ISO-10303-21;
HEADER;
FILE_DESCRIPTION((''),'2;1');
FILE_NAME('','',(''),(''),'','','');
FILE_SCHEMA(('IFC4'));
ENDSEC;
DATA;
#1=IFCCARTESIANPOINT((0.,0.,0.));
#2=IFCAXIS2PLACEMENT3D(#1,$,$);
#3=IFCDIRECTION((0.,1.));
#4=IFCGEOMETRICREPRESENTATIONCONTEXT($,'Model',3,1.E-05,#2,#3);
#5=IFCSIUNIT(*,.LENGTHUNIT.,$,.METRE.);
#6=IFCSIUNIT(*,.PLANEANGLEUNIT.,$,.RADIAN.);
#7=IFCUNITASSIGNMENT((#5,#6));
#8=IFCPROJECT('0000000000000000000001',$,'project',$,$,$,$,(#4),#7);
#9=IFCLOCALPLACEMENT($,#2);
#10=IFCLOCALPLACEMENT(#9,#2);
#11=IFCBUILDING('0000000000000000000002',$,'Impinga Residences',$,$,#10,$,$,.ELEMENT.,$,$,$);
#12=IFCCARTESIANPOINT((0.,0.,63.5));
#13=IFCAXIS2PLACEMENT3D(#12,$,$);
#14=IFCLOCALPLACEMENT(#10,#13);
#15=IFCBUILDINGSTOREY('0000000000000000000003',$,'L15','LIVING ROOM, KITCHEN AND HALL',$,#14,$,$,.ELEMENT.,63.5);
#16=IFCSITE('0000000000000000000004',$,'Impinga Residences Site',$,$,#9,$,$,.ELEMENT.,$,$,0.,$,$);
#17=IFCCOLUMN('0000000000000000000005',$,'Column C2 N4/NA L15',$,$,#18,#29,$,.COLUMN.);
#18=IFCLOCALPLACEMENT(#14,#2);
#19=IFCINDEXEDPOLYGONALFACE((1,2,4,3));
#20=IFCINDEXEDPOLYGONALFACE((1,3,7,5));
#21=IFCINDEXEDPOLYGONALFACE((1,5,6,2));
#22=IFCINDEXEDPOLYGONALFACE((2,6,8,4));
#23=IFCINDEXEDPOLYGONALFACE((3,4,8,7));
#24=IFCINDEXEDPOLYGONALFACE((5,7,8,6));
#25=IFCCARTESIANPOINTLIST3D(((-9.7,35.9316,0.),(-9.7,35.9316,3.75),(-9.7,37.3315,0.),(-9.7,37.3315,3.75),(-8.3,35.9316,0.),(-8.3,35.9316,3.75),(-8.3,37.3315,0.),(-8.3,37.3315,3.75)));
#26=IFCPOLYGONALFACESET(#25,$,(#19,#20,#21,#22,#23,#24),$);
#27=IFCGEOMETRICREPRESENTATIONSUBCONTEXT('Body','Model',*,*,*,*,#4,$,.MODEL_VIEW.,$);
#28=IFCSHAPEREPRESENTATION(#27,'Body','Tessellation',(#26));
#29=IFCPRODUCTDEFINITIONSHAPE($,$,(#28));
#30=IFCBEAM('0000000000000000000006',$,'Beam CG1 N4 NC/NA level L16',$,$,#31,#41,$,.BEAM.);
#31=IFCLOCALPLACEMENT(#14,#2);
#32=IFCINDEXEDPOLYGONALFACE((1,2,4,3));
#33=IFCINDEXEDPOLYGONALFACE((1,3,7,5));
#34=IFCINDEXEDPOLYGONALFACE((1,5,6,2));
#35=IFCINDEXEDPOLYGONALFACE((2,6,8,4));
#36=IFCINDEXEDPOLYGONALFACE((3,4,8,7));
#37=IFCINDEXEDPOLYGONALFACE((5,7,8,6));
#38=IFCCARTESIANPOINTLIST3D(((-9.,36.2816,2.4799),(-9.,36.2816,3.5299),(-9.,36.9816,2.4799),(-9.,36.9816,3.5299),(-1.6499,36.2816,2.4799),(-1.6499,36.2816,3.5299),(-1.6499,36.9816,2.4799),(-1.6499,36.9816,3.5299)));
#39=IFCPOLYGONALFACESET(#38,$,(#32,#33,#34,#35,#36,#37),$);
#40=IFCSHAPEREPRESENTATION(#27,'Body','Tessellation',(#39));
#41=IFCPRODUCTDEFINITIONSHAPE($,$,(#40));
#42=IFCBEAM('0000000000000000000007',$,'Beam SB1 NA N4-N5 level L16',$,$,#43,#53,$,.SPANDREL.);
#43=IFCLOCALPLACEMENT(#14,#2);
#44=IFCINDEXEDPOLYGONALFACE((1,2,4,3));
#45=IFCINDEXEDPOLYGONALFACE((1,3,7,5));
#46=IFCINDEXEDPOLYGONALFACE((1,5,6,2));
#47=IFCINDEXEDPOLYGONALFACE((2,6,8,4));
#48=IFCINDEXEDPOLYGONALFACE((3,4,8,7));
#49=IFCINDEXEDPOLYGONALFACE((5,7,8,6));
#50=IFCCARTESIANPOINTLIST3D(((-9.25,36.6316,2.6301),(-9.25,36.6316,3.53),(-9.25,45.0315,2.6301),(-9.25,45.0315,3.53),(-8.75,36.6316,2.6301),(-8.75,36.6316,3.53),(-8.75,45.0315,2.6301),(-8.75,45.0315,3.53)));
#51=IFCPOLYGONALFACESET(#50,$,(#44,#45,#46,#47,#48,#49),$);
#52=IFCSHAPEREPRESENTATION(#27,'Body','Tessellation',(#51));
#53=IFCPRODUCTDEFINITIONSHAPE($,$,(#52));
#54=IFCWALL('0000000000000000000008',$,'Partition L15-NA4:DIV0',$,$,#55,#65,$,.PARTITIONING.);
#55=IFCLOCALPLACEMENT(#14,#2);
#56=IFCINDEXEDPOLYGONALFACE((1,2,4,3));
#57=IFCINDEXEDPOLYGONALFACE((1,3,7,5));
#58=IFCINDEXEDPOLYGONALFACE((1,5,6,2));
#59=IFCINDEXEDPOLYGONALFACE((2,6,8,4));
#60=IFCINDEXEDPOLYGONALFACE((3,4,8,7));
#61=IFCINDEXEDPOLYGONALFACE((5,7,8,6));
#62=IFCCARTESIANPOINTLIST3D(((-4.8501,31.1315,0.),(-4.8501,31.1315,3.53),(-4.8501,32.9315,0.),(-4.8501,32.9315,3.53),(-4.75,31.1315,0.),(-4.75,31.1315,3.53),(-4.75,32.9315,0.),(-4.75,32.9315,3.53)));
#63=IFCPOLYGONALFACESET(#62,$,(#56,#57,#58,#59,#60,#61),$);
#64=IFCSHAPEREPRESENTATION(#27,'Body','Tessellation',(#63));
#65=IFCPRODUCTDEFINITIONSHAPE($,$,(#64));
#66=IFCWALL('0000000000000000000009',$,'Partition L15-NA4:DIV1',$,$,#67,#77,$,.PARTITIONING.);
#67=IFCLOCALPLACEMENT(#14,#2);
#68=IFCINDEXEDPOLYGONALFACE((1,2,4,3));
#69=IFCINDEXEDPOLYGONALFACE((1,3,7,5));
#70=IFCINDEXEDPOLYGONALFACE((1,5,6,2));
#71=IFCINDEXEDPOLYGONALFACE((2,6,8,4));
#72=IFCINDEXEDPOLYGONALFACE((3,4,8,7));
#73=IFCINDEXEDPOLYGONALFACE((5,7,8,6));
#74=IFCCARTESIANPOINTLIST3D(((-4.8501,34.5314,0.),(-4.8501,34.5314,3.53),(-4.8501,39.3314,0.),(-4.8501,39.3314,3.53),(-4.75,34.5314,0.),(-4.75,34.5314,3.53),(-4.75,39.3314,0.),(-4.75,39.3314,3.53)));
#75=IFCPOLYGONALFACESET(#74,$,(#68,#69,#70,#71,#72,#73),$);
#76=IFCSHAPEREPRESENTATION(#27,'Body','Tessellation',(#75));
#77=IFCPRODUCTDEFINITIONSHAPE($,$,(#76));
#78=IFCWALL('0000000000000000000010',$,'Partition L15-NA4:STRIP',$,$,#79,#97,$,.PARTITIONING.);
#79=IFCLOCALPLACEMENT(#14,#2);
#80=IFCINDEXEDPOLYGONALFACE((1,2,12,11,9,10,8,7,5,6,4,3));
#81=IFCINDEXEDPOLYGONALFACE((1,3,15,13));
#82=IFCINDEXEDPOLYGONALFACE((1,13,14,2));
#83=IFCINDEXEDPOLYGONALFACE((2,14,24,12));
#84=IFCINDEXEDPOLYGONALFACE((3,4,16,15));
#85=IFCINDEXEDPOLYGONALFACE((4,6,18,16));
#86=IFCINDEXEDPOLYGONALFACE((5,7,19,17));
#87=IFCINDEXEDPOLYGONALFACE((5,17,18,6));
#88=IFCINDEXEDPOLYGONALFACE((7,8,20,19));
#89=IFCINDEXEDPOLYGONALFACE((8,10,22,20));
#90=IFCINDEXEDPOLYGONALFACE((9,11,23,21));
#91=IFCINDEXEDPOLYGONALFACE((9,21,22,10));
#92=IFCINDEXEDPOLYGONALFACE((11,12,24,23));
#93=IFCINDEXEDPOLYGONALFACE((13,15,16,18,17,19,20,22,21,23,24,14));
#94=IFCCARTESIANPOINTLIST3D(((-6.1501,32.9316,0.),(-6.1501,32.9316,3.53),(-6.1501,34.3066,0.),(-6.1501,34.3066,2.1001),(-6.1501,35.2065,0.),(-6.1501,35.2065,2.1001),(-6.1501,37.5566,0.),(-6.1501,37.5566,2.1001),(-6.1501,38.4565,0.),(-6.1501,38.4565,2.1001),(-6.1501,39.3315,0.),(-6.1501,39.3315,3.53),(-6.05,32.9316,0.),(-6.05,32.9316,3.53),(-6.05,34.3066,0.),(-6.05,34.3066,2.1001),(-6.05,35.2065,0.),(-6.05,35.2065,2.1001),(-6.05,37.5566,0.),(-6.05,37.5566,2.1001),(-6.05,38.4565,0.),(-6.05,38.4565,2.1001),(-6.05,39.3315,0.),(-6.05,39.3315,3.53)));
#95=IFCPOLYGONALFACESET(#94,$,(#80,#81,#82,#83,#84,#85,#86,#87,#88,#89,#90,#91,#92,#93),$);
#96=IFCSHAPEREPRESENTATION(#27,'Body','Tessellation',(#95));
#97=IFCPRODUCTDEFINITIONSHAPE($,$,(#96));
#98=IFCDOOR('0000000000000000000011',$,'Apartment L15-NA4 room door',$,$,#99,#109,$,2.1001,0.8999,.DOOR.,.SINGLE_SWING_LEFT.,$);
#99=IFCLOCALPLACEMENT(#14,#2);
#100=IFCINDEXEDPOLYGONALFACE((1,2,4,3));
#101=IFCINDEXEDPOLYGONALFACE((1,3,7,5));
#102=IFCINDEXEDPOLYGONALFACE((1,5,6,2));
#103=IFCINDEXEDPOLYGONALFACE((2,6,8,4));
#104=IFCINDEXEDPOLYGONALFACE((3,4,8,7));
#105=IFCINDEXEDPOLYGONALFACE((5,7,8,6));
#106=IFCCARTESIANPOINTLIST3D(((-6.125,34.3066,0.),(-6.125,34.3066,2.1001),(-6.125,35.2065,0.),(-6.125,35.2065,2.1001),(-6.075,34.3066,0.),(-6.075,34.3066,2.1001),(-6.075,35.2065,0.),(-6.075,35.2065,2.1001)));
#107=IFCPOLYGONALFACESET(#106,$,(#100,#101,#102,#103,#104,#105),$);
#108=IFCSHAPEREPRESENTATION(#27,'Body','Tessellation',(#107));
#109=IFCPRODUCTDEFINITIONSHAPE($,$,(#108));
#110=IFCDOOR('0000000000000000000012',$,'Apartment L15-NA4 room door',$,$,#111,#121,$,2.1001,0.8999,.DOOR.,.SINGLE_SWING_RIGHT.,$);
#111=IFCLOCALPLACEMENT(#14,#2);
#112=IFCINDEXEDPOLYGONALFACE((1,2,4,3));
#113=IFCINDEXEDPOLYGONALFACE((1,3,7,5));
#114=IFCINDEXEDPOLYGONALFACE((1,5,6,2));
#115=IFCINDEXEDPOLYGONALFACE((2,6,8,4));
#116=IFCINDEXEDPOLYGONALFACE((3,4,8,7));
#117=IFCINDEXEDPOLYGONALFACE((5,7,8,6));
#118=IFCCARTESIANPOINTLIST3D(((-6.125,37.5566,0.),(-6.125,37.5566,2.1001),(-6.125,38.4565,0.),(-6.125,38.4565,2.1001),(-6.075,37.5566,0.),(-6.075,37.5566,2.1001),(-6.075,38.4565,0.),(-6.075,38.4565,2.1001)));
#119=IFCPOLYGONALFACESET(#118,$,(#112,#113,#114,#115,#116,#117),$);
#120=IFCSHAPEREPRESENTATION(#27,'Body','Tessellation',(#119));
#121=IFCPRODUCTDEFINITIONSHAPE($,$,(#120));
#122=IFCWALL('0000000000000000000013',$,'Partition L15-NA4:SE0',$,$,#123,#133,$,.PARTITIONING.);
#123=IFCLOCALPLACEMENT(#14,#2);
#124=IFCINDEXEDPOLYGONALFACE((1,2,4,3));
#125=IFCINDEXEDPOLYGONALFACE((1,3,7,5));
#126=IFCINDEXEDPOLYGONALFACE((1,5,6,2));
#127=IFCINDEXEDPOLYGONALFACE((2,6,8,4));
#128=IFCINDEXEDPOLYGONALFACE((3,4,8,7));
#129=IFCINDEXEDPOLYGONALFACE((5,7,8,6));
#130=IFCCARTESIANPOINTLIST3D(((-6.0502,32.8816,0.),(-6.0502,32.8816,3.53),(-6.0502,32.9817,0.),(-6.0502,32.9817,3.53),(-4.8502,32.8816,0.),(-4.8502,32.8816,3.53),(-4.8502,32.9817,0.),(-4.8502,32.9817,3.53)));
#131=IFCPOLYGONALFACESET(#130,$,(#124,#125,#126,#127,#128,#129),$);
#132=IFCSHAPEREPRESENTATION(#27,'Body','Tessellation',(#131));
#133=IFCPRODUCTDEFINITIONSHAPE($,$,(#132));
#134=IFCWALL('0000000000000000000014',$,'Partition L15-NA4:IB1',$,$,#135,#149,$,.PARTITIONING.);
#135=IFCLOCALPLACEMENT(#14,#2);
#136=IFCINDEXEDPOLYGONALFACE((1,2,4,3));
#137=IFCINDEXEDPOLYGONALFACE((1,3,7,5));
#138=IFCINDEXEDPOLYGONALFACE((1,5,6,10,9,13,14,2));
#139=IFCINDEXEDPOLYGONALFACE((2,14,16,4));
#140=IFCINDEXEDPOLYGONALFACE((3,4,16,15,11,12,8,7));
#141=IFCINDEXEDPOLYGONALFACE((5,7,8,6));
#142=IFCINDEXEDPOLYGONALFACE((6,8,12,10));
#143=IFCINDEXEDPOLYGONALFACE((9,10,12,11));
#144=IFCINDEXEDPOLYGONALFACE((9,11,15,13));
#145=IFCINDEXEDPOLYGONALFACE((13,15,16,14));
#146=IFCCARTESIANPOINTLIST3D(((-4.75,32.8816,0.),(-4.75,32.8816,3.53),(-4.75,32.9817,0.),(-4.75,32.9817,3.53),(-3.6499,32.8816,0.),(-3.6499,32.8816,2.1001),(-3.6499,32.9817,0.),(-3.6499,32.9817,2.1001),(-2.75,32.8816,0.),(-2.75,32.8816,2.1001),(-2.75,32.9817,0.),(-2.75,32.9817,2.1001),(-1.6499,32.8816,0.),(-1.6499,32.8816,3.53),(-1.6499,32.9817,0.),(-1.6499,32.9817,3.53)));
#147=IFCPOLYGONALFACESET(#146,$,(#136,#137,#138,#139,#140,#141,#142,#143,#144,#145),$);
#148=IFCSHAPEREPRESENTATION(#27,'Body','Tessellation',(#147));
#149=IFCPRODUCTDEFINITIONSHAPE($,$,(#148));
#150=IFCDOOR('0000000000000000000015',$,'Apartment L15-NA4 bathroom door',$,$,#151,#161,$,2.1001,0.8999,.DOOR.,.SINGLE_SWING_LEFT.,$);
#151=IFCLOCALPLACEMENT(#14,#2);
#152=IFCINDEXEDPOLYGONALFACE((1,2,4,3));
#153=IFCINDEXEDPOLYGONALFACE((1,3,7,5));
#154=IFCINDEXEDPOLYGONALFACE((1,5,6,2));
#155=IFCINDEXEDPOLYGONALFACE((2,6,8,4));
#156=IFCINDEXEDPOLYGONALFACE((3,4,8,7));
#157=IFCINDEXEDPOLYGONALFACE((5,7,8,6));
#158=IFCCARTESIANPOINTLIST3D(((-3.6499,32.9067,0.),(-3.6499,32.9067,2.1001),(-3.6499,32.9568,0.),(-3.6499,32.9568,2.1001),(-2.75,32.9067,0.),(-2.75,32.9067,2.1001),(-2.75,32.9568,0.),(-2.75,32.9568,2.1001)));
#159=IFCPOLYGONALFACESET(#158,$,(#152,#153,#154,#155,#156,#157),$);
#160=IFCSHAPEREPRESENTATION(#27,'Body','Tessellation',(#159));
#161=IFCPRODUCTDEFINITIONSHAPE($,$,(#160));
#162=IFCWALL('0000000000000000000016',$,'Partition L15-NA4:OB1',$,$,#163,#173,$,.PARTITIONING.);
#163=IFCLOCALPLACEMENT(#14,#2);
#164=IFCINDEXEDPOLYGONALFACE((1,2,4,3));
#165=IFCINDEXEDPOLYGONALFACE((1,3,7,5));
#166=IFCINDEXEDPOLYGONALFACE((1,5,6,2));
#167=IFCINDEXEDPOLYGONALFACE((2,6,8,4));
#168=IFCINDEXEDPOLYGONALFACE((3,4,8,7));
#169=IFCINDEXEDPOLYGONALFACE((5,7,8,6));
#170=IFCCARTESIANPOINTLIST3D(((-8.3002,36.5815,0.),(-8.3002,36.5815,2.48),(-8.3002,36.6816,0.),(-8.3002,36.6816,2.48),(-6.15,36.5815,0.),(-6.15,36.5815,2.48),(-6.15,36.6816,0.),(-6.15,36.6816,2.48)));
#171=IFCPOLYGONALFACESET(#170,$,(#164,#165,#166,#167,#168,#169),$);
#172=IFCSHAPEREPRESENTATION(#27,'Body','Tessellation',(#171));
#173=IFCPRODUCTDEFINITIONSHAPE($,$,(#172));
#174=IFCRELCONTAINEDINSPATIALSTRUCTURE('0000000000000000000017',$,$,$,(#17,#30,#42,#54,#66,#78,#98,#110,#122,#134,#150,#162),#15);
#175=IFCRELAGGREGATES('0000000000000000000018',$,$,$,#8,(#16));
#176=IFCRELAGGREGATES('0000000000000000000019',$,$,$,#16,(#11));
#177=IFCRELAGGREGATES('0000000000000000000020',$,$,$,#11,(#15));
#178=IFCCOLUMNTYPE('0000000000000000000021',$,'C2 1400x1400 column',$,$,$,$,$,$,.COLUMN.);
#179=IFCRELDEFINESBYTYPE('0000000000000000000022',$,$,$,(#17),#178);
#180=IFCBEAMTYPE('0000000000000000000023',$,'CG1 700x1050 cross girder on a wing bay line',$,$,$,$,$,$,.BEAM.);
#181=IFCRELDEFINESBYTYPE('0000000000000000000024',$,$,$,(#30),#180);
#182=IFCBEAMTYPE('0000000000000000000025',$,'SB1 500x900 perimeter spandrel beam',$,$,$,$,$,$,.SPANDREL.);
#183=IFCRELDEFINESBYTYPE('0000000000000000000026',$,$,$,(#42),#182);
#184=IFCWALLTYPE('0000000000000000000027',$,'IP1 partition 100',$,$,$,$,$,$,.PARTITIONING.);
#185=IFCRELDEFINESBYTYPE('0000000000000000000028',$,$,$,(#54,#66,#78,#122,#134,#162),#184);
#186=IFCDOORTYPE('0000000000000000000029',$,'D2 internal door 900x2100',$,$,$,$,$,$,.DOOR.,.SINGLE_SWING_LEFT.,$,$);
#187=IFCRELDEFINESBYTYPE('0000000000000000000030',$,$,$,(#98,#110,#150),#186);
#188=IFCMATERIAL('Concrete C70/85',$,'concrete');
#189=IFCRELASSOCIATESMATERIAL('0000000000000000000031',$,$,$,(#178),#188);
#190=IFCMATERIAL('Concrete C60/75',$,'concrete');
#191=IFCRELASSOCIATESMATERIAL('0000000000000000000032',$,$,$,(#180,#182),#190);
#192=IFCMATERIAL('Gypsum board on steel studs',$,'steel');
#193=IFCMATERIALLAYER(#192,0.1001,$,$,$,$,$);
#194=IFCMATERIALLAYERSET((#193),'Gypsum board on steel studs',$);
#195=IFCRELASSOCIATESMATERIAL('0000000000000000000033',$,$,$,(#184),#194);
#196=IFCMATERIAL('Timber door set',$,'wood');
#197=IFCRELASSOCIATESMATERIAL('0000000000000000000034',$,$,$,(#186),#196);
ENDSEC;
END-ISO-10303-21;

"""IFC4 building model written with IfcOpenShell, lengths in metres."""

from ifc_helpers import new_model, si_unit, direction, frame, frame_2d, origin, origin_2d, place, context, subcontext, project, spatial, rectangle, extrude, material, layer, layer_set, material_profile, profile_set, type_object, element, fill, save


model = new_model("IFC4")

# Units and contexts
model_context = context("Model", 3, precision=1e-05, world=origin(), true_north=direction((0.0, 1.0)))
body_context = subcontext(model_context, "Body", "Model", "MODEL_VIEW")
ifc_project = project(units=[si_unit("LENGTHUNIT", "METRE"), si_unit("PLANEANGLEUNIT", "RADIAN")], contexts=[model_context])

# Site, building, storey
site_placement = place(None, origin())
site = spatial("IfcSite", under=ifc_project, at=site_placement, Name="Impinga Residences Site", CompositionType="ELEMENT", RefElevation=0.0)
building_placement = place(site_placement, origin())
building = spatial("IfcBuilding", under=site, at=building_placement, Name="Impinga Residences", CompositionType="ELEMENT")
storey_placement = place(building_placement, frame((0.0, 0.0, 63.5)))
storey = spatial("IfcBuildingStorey", under=building, at=storey_placement, Name="L15", Description="LIVING ROOM, KITCHEN AND HALL", CompositionType="ELEMENT", Elevation=63.5)

# Column
ifc_material_1 = material(Name="Concrete C70/85", Category="concrete")
ifc_material_profile_1 = material_profile(ifc_material_1, rectangle(XDim=1.3999, YDim=1.3999, at=origin_2d()), Name="RC 1400x1400")
ifc_profile_set_1 = profile_set([ifc_material_profile_1], Name="Concrete C70/85")
column_type = type_object("IfcColumnType", Name="C2 1400x1400 column", PredefinedType="COLUMN", material=ifc_profile_set_1)
column_placement = place(storey_placement, frame((-9.0, 36.6316, 0.0), z_axis=(0.0, 0.0, 1.0), x_axis=(1.0, 0.0, 0.0)))
element("IfcColumn", 1, at=column_placement, inside=storey, type_object=column_type, Name="Column C2 N4/NA L15", PredefinedType="COLUMN", context=body_context, shape_type="SweptSolid", body=[
    extrude(rectangle(XDim=1.3999, YDim=1.3999, at=origin_2d()), origin(), (0.0, 0.0, 1.0), 3.75),
])

# Beams
ifc_material_2 = material(Name="Concrete C60/75", Category="concrete")
ifc_material_profile_2 = material_profile(ifc_material_2, rectangle(XDim=0.7, YDim=1.05, at=origin_2d()), Name="RC 700x1050")
ifc_profile_set_2 = profile_set([ifc_material_profile_2], Name="Concrete C60/75")
beam_type_1 = type_object("IfcBeamType", Name="CG1 700x1050 cross girder on a wing bay line", PredefinedType="BEAM", material=ifc_profile_set_2)
beam_1_placement = place(storey_placement, frame((-1.6499, 36.6316, 3.0049), z_axis=(-1.0, 0.0, 0.0), x_axis=(0.0, -1.0, 0.0)))
element("IfcBeam", 2, at=beam_1_placement, inside=storey, type_object=beam_type_1, Name="Beam CG1 N4 NC/NA level L16", PredefinedType="BEAM", context=body_context, shape_type="SweptSolid", body=[
    extrude(rectangle(XDim=0.7, YDim=1.05, at=origin_2d()), origin(), (0.0, 0.0, 1.0), 7.3501),
])
ifc_material_profile_3 = material_profile(ifc_material_2, rectangle(XDim=0.5, YDim=0.8999, at=origin_2d()), Name="RC 500x900")
ifc_profile_set_3 = profile_set([ifc_material_profile_3], Name="Concrete C60/75")
beam_type_2 = type_object("IfcBeamType", Name="SB1 500x900 perimeter spandrel beam", PredefinedType="SPANDREL", material=ifc_profile_set_3)
beam_2_placement = place(storey_placement, frame((-9.0, 36.6316, 3.0801), z_axis=(0.0, 1.0, 0.0), x_axis=(-1.0, 0.0, 0.0)))
element("IfcBeam", 3, at=beam_2_placement, inside=storey, type_object=beam_type_2, Name="Beam SB1 NA N4-N5 level L16", PredefinedType="SPANDREL", context=body_context, shape_type="SweptSolid", body=[
    extrude(rectangle(XDim=0.5, YDim=0.8999, at=origin_2d()), origin(), (0.0, 0.0, 1.0), 8.3999),
])

# Walls
ifc_material_3 = material(Name="Gypsum board on steel studs", Category="steel")
ifc_layer_1 = layer(ifc_material_3, 0.1001)
ifc_layer_set_1 = layer_set([ifc_layer_1], Name="Gypsum board on steel studs")
wall_type_1 = type_object("IfcWallType", Name="IP1 partition 100", PredefinedType="PARTITIONING", material=ifc_layer_set_1)
wall_1_placement = place(storey_placement, frame((-4.8, 31.1316, 0.0), z_axis=(0.0, 0.0, 1.0), x_axis=(0.0, 1.0, 0.0)))
element("IfcWall", 4, at=wall_1_placement, inside=storey, type_object=wall_type_1, Name="Partition L15-NA4:DIV0", PredefinedType="PARTITIONING", context=body_context, shape_type="SweptSolid", body=[
    extrude(rectangle(XDim=1.8, YDim=0.1001, at=frame_2d((0.8999, 0.0))), origin(), (0.0, 0.0, 1.0), 3.53),
])
wall_2_placement = place(storey_placement, frame((-4.8, 34.5315, 0.0), z_axis=(0.0, 0.0, 1.0), x_axis=(0.0, 1.0, 0.0)))
element("IfcWall", 5, at=wall_2_placement, inside=storey, type_object=wall_type_1, Name="Partition L15-NA4:DIV1", PredefinedType="PARTITIONING", context=body_context, shape_type="SweptSolid", body=[
    extrude(rectangle(XDim=4.8, YDim=0.1001, at=frame_2d((2.3999, 0.0))), origin(), (0.0, 0.0, 1.0), 3.53),
])

# Wall, openings, doors
wall_3_placement = place(storey_placement, frame((-6.1001, 32.9316, 0.0), z_axis=(0.0, 0.0, 1.0), x_axis=(0.0, 1.0, 0.0)))
wall_3 = element("IfcWall", 6, at=wall_3_placement, inside=storey, type_object=wall_type_1, Name="Partition L15-NA4:STRIP", PredefinedType="PARTITIONING", context=body_context, shape_type="SweptSolid", body=[
    extrude(rectangle(XDim=6.3999, YDim=0.1001, at=frame_2d((3.2, 0.0))), origin(), (0.0, 0.0, 1.0), 3.53),
])
opening_1_placement = place(wall_3_placement, frame((1.375, 0.0, 0.0)))
opening_1 = element("IfcOpeningElement", 7, at=opening_1_placement, cuts=wall_3, PredefinedType="OPENING", context=body_context, shape_type="SweptSolid", body=[
    extrude(rectangle(XDim=0.8999, YDim=2.1001, at=frame_2d((0.45, 1.05))), frame((0.0, 0.0601, 0.0), z_axis=(0.0, -1.0, 0.0), x_axis=(1.0, 0.0, 0.0)), (0.0, 0.0, 1.0), 0.1201),
])
opening_2_placement = place(wall_3_placement, frame((4.625, 0.0, 0.0)))
opening_2 = element("IfcOpeningElement", 8, at=opening_2_placement, cuts=wall_3, PredefinedType="OPENING", context=body_context, shape_type="SweptSolid", body=[
    extrude(rectangle(XDim=0.8999, YDim=2.1001, at=frame_2d((0.45, 1.05))), frame((0.0, 0.0601, 0.0), z_axis=(0.0, -1.0, 0.0), x_axis=(1.0, 0.0, 0.0)), (0.0, 0.0, 1.0), 0.1201),
])
ifc_material_4 = material(Name="Timber door set", Category="wood")
door_type = type_object("IfcDoorType", Name="D2 internal door 900x2100", OperationType="SINGLE_SWING_LEFT", PredefinedType="DOOR", material=ifc_material_4)
door_1_placement = place(opening_1_placement, origin())
door_1 = element("IfcDoor", 9, at=door_1_placement, inside=storey, type_object=door_type, Name="Apartment L15-NA4 room door", OperationType="SINGLE_SWING_LEFT", OverallHeight=2.1001, OverallWidth=0.8999, PredefinedType="DOOR", context=body_context, shape_type="SweptSolid", body=[
    extrude(rectangle(XDim=0.8999, YDim=2.1001, at=frame_2d((0.45, 1.05))), frame((0.0, 0.0249, 0.0), z_axis=(0.0, -1.0, 0.0), x_axis=(1.0, 0.0, 0.0)), (0.0, 0.0, 1.0), 0.05),
])
fill(opening_1, door_1)
door_2_placement = place(opening_2_placement, origin())
door_2 = element("IfcDoor", 10, at=door_2_placement, inside=storey, type_object=door_type, Name="Apartment L15-NA4 room door", OperationType="SINGLE_SWING_RIGHT", OverallHeight=2.1001, OverallWidth=0.8999, PredefinedType="DOOR", context=body_context, shape_type="SweptSolid", body=[
    extrude(rectangle(XDim=0.8999, YDim=2.1001, at=frame_2d((0.45, 1.05))), frame((0.0, 0.0249, 0.0), z_axis=(0.0, -1.0, 0.0), x_axis=(1.0, 0.0, 0.0)), (0.0, 0.0, 1.0), 0.05),
])
fill(opening_2, door_2)

# Wall
wall_4_placement = place(storey_placement, frame((-4.8501, 32.9316, 0.0), z_axis=(0.0, 0.0, 1.0), x_axis=(-1.0, 0.0, 0.0)))
element("IfcWall", 11, at=wall_4_placement, inside=storey, type_object=wall_type_1, Name="Partition L15-NA4:SE0", PredefinedType="PARTITIONING", context=body_context, shape_type="SweptSolid", body=[
    extrude(rectangle(XDim=1.2, YDim=0.1001, at=frame_2d((0.6001, 0.0))), origin(), (0.0, 0.0, 1.0), 3.53),
])

# Wall, opening, door
wall_5_placement = place(storey_placement, frame((-1.6499, 32.9316, 0.0), z_axis=(0.0, 0.0, 1.0), x_axis=(-1.0, 0.0, 0.0)))
wall_5 = element("IfcWall", 12, at=wall_5_placement, inside=storey, type_object=wall_type_1, Name="Partition L15-NA4:IB1", PredefinedType="PARTITIONING", context=body_context, shape_type="SweptSolid", body=[
    extrude(rectangle(XDim=3.1001, YDim=0.1001, at=frame_2d((1.55, 0.0))), origin(), (0.0, 0.0, 1.0), 3.53),
])
opening_3_placement = place(wall_5_placement, frame((1.1001, 0.0, 0.0)))
opening_3 = element("IfcOpeningElement", 13, at=opening_3_placement, cuts=wall_5, PredefinedType="OPENING", context=body_context, shape_type="SweptSolid", body=[
    extrude(rectangle(XDim=0.8999, YDim=2.1001, at=frame_2d((0.45, 1.05))), frame((0.0, 0.0601, 0.0), z_axis=(0.0, -1.0, 0.0), x_axis=(1.0, 0.0, 0.0)), (0.0, 0.0, 1.0), 0.1201),
])
door_3_placement = place(opening_3_placement, origin())
door_3 = element("IfcDoor", 14, at=door_3_placement, inside=storey, type_object=door_type, Name="Apartment L15-NA4 bathroom door", OperationType="SINGLE_SWING_LEFT", OverallHeight=2.1001, OverallWidth=0.8999, PredefinedType="DOOR", context=body_context, shape_type="SweptSolid", body=[
    extrude(rectangle(XDim=0.8999, YDim=2.1001, at=frame_2d((0.45, 1.05))), frame((0.0, 0.0249, 0.0), z_axis=(0.0, -1.0, 0.0), x_axis=(1.0, 0.0, 0.0)), (0.0, 0.0, 1.0), 0.05),
])
fill(opening_3, door_3)

# Wall
wall_6_placement = place(storey_placement, frame((-6.1499, 36.6316, 0.0), z_axis=(0.0, 0.0, 1.0), x_axis=(-1.0, 0.0, 0.0)))
element("IfcWall", 15, at=wall_6_placement, inside=storey, type_object=wall_type_1, Name="Partition L15-NA4:OB1", PredefinedType="PARTITIONING", context=body_context, shape_type="SweptSolid", body=[
    extrude(rectangle(XDim=2.1501, YDim=0.1001, at=frame_2d((1.0752, 0.0))), origin(), (0.0, 0.0, 1.0), 2.48),
])

save(model, "model.ifc")
